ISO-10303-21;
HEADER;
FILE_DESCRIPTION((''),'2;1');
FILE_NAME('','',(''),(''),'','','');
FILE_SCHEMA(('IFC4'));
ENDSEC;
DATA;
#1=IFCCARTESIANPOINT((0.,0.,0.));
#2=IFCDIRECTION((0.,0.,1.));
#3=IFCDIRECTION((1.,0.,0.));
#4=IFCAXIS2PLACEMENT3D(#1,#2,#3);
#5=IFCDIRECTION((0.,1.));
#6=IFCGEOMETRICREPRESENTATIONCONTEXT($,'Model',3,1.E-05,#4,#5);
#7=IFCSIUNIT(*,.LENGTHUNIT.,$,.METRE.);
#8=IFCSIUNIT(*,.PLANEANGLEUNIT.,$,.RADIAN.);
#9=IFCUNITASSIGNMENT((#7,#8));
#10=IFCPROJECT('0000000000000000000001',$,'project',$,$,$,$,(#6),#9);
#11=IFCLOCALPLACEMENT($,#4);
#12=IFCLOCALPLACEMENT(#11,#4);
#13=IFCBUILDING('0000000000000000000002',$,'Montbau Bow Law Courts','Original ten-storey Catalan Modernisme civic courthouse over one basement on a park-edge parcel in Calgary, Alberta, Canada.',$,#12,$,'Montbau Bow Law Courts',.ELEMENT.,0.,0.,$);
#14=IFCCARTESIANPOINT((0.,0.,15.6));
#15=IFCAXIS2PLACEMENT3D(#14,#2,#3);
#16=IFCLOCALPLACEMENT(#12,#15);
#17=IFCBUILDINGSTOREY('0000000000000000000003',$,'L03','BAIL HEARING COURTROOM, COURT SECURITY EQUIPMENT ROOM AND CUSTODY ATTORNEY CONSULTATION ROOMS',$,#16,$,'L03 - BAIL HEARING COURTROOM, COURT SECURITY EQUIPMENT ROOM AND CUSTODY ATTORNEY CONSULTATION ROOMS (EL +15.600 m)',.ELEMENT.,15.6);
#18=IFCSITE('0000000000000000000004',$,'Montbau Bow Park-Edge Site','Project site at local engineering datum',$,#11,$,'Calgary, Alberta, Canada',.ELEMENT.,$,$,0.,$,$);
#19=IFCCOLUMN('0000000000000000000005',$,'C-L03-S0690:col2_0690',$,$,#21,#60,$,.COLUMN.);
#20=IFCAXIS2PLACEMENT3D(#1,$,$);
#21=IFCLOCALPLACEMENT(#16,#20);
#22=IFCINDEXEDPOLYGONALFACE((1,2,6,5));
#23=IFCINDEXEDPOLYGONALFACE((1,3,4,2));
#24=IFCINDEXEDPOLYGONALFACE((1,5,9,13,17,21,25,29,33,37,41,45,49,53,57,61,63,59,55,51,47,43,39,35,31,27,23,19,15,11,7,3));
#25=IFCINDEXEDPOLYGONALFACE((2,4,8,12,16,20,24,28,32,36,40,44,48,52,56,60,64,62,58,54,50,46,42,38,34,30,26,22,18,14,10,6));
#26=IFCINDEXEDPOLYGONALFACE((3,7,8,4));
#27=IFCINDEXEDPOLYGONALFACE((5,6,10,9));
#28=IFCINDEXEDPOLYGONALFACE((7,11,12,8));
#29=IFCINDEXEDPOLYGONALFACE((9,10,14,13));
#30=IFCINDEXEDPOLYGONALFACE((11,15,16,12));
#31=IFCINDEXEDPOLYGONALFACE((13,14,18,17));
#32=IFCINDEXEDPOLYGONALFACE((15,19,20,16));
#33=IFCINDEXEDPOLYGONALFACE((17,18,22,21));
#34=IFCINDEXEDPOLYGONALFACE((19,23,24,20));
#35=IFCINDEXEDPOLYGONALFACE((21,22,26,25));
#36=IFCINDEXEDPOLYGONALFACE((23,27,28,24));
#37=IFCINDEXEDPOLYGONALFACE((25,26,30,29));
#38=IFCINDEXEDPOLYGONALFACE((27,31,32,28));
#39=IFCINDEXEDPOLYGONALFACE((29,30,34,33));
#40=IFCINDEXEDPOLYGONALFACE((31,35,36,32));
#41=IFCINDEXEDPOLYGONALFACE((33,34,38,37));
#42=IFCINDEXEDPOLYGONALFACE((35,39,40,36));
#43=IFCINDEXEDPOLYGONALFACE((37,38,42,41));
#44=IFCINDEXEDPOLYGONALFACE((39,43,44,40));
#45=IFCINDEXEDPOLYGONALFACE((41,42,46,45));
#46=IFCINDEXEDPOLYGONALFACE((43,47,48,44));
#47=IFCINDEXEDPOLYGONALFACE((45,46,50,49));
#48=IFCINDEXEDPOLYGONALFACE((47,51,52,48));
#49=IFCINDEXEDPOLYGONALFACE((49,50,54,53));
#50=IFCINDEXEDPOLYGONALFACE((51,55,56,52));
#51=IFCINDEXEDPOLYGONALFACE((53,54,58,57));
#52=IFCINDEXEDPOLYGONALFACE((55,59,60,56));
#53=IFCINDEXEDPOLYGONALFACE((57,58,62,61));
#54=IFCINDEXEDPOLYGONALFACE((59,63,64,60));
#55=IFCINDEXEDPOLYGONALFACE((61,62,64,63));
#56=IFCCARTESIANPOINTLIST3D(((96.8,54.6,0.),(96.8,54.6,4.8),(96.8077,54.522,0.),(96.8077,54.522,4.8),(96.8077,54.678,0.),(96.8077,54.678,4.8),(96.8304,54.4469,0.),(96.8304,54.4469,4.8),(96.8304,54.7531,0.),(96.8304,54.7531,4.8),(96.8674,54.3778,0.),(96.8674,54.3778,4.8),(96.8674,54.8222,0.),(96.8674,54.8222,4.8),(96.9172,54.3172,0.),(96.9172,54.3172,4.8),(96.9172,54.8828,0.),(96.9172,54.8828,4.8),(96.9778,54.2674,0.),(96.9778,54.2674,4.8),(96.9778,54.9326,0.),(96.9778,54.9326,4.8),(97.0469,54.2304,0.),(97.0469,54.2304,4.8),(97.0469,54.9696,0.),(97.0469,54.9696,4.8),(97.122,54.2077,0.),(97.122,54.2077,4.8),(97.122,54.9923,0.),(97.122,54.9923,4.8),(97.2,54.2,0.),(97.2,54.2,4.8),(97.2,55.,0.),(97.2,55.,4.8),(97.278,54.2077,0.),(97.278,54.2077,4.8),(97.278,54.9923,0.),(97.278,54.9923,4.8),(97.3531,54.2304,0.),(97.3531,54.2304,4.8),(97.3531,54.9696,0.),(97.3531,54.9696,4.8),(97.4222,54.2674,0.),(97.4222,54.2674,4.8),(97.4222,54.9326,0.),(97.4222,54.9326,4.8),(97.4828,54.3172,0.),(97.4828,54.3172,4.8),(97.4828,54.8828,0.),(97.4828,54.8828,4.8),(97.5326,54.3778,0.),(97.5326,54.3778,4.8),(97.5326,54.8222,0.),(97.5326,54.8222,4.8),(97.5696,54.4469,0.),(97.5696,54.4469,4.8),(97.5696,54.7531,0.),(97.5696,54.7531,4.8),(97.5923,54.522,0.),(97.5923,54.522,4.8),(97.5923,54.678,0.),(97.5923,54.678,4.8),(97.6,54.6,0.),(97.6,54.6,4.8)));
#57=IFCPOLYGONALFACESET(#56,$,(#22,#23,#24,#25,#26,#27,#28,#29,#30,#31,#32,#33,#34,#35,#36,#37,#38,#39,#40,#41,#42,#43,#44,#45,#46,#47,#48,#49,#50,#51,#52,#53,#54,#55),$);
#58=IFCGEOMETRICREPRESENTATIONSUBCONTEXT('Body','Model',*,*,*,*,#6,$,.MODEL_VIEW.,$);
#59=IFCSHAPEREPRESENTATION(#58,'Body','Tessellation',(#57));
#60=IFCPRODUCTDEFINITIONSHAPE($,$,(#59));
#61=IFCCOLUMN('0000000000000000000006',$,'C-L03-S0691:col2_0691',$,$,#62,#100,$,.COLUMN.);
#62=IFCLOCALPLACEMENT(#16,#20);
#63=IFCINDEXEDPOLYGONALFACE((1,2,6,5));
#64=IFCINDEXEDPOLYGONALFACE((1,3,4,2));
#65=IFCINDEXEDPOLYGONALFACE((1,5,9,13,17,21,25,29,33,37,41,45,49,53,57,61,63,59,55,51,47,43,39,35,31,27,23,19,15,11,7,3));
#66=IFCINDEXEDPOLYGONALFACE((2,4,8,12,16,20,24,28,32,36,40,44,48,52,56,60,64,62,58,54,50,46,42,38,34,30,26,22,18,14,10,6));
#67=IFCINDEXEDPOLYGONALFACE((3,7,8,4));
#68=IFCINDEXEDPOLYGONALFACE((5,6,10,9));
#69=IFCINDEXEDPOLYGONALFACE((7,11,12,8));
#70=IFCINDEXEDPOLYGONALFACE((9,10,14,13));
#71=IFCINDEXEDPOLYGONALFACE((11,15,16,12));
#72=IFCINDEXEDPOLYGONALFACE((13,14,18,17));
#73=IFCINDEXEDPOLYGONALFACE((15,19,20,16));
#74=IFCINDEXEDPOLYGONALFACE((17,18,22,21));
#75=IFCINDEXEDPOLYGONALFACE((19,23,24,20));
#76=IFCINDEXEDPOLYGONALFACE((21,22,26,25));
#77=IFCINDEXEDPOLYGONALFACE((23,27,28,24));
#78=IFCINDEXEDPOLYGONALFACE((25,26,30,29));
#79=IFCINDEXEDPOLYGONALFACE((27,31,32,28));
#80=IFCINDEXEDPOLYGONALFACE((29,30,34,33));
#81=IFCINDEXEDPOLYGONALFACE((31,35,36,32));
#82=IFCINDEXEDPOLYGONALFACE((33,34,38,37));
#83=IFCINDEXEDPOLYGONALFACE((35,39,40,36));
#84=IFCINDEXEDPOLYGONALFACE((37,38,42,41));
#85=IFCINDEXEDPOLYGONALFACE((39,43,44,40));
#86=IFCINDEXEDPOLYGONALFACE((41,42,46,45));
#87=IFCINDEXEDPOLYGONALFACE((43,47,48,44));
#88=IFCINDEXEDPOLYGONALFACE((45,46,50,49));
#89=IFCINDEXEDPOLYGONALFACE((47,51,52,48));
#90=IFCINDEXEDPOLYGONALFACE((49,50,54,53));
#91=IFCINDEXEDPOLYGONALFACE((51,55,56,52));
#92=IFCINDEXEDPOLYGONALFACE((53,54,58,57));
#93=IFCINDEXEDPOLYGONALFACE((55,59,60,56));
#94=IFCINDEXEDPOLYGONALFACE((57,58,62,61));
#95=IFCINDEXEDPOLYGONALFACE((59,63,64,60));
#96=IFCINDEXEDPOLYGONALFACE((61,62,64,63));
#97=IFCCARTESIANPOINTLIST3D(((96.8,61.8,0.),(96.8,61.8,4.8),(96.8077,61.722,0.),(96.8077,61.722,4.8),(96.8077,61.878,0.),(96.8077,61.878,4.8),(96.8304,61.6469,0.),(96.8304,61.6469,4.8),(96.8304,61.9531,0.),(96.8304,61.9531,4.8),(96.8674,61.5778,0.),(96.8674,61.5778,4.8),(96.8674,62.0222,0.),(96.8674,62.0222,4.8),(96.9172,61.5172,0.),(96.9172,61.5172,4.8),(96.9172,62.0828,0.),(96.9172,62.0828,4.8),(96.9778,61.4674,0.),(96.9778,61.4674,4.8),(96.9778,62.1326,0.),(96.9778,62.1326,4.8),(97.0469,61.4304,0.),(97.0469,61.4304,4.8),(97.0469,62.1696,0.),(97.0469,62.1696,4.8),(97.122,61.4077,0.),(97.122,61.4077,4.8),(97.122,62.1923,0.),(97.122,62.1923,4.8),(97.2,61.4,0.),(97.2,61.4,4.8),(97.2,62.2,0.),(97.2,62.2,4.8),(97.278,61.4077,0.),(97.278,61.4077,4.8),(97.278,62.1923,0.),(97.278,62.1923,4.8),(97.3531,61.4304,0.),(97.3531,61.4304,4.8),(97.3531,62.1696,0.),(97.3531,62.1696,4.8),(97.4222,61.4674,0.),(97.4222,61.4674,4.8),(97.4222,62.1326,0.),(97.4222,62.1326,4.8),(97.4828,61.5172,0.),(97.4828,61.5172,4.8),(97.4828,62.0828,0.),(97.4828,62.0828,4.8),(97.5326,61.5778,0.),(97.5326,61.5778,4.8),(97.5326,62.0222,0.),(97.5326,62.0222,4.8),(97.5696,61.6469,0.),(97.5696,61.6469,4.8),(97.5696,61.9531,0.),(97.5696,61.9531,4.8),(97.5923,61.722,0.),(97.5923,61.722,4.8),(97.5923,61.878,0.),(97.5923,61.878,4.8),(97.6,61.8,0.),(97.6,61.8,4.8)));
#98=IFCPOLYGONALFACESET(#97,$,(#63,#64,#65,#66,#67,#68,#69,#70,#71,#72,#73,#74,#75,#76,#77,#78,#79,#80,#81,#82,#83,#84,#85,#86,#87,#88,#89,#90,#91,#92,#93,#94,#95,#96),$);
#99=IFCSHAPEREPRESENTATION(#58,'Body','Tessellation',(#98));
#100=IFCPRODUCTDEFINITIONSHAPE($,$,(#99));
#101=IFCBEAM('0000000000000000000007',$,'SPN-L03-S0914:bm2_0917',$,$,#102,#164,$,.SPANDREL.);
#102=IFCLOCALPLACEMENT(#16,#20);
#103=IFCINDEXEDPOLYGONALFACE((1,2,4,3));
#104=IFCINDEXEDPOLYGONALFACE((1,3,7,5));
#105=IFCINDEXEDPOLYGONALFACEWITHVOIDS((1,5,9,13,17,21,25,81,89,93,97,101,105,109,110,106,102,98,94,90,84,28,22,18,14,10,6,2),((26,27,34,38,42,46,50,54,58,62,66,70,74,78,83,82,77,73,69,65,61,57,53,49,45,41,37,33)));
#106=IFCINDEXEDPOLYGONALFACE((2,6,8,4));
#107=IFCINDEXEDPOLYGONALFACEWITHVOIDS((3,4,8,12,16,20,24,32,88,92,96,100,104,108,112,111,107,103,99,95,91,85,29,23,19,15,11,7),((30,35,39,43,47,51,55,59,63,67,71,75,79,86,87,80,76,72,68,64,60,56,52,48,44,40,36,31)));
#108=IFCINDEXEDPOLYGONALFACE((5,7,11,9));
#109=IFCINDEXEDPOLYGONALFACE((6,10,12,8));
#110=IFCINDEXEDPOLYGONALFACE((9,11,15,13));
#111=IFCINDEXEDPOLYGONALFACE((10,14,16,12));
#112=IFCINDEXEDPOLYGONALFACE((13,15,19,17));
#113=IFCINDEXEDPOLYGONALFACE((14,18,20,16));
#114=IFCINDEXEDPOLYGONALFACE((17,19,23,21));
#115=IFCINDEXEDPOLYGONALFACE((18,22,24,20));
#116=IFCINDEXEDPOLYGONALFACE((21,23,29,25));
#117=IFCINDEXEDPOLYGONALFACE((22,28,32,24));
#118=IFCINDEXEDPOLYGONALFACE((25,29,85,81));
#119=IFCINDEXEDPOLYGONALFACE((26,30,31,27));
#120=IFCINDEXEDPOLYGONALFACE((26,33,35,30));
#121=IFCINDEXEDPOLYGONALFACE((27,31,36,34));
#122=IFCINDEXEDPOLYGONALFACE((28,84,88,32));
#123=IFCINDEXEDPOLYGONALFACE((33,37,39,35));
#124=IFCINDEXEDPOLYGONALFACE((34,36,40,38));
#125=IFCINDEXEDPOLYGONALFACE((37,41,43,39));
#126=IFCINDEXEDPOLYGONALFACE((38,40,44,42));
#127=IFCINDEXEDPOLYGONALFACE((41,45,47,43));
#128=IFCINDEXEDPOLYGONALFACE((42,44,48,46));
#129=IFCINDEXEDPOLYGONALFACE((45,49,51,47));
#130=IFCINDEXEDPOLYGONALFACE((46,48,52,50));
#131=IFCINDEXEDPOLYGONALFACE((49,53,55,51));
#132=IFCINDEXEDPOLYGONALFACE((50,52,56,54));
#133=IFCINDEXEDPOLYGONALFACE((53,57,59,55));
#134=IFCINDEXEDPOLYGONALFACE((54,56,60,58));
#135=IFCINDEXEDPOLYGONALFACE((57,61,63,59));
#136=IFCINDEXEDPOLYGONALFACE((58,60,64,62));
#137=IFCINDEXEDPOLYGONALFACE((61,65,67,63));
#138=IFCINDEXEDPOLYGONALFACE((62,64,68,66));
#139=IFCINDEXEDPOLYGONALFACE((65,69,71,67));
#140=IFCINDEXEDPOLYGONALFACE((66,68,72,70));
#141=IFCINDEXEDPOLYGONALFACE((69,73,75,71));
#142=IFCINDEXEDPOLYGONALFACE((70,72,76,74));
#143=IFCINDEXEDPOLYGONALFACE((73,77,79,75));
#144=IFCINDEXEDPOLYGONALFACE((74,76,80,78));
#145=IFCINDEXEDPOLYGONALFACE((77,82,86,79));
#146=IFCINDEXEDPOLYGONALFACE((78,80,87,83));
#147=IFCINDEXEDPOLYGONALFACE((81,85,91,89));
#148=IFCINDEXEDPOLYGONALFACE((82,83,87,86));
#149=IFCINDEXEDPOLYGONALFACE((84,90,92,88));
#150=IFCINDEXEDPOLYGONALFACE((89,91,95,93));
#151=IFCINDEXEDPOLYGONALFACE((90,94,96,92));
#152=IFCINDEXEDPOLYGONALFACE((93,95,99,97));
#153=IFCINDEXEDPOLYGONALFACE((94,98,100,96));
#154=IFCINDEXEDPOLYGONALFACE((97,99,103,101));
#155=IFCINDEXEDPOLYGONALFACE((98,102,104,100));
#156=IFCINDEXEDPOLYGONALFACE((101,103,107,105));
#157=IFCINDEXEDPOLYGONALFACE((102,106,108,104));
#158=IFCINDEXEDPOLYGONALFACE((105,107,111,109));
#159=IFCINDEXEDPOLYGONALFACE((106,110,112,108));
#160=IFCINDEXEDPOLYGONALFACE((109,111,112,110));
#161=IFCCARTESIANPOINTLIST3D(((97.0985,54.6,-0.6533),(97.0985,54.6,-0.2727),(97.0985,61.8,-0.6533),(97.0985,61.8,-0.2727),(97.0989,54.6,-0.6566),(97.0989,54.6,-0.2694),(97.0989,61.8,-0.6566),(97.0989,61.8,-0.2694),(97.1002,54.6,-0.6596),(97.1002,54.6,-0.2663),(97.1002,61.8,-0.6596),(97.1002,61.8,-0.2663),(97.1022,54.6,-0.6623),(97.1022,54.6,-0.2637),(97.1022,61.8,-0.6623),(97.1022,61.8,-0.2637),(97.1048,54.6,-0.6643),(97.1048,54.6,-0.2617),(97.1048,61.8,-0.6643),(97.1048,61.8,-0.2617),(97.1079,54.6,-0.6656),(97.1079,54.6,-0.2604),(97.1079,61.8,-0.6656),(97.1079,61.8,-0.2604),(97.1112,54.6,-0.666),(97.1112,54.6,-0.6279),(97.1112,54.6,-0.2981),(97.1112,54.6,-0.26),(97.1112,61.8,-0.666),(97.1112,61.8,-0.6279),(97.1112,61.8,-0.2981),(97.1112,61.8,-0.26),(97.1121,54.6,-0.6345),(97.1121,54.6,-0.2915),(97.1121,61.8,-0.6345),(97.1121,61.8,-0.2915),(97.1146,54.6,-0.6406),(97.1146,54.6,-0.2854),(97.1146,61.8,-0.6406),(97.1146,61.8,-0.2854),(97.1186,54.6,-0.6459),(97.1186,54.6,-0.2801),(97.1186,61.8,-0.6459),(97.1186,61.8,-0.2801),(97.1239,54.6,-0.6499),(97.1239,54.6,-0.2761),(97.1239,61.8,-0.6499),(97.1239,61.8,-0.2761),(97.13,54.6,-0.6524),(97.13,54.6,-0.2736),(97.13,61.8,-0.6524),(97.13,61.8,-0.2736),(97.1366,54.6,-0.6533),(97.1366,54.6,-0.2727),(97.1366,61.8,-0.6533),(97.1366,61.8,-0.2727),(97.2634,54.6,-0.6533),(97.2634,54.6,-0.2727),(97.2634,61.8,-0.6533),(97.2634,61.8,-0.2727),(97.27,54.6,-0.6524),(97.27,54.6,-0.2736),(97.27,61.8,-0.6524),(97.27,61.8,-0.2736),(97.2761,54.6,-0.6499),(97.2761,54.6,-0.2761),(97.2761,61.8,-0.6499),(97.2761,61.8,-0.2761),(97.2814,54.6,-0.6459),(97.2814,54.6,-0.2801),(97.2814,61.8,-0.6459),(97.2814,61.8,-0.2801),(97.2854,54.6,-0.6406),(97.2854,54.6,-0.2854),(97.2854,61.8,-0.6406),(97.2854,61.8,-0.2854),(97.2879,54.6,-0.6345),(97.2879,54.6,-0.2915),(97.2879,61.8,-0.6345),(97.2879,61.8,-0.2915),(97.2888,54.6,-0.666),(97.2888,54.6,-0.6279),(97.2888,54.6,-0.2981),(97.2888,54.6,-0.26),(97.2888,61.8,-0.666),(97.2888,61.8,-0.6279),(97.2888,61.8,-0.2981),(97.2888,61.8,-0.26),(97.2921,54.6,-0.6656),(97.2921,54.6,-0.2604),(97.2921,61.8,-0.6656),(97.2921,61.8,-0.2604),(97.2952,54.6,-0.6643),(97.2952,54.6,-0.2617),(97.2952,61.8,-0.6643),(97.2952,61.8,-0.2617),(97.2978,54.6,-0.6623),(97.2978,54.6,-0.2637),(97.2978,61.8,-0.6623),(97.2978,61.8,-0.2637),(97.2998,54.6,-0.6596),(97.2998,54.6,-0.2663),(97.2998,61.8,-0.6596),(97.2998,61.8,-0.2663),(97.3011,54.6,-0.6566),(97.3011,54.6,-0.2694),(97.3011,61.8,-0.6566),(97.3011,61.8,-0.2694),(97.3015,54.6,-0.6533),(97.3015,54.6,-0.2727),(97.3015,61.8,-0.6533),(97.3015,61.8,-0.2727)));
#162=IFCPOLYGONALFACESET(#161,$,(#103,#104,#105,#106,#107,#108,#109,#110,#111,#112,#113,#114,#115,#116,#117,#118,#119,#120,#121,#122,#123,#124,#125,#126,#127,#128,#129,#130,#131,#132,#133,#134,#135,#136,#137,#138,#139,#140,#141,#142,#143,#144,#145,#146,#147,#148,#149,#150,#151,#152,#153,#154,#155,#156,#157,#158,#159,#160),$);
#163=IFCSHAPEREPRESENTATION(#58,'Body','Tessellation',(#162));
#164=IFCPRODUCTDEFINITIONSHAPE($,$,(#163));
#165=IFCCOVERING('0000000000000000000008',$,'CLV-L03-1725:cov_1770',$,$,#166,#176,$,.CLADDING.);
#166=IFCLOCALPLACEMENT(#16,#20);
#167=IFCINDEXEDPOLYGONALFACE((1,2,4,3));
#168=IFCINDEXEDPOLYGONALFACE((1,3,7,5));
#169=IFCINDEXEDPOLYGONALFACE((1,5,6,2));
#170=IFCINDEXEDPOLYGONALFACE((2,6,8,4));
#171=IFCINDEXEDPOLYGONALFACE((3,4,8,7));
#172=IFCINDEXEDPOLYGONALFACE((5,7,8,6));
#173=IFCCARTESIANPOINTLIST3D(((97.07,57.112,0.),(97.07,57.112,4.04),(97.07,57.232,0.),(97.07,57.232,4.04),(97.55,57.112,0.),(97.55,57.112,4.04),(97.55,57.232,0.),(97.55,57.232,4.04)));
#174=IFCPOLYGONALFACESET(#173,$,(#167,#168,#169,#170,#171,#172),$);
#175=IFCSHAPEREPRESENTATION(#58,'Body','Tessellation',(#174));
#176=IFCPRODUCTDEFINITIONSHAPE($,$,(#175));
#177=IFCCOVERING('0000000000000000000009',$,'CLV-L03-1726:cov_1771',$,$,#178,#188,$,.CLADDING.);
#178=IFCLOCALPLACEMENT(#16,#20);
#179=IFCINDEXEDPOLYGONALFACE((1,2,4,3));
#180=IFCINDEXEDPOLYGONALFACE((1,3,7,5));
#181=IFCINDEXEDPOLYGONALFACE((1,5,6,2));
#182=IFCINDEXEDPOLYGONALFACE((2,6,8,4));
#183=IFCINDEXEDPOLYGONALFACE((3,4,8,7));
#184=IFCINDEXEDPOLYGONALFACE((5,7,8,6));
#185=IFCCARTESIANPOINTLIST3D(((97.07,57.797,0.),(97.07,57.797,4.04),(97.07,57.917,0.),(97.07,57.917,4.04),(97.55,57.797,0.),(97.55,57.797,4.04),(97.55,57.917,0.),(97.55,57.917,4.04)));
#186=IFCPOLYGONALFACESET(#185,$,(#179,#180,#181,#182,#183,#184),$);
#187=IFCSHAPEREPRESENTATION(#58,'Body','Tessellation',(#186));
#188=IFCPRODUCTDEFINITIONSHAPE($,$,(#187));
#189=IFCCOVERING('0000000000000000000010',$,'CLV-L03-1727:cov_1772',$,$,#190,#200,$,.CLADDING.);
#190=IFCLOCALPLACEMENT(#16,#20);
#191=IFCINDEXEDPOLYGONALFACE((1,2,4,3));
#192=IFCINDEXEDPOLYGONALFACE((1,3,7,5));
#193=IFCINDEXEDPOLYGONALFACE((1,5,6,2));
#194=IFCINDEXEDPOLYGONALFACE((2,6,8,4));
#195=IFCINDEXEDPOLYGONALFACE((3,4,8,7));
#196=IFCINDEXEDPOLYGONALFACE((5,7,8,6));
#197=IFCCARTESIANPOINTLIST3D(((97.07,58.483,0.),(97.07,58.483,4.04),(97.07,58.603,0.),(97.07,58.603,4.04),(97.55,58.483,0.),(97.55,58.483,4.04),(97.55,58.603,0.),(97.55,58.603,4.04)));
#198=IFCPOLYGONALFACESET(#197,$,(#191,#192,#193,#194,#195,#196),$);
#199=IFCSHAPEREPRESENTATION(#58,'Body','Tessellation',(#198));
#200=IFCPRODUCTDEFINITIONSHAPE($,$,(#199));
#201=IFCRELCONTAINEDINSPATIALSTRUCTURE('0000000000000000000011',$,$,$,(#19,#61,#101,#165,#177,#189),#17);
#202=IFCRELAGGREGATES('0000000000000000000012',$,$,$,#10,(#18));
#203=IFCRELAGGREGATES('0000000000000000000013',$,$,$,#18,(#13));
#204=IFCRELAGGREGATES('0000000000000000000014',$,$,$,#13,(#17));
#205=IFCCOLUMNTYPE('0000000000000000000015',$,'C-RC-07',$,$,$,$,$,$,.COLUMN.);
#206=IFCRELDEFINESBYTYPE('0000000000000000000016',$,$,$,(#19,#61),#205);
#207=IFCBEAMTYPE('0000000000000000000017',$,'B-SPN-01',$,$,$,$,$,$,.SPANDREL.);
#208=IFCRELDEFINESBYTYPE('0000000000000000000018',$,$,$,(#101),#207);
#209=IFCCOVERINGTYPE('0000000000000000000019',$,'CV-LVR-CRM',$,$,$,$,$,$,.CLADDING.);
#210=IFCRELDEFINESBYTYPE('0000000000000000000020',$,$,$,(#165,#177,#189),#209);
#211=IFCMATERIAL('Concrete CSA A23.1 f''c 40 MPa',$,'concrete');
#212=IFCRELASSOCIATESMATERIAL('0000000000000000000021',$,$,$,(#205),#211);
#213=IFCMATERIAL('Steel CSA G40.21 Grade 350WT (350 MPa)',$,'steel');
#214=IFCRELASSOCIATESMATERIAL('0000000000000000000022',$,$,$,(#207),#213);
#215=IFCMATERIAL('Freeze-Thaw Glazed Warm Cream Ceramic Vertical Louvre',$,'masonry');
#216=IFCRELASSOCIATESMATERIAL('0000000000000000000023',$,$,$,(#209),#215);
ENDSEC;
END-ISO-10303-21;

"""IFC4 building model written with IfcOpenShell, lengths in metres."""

from ifc_helpers import new_model, si_unit, direction, frame, frame_2d, origin_with_axes, origin_2d_with_axis, place, context, subcontext, project, spatial, rectangle, hollow_rectangle, circle, extrude, material, material_profile, profile_set, type_object, element, save


model = new_model("IFC4")

# Units and contexts
model_context = context("Model", 3, precision=1e-05, world=origin_with_axes(), true_north=direction((0.0, 1.0)))
body_context = subcontext(model_context, "Body", "Model", "MODEL_VIEW")
ifc_project = project(units=[si_unit("LENGTHUNIT", "METRE"), si_unit("PLANEANGLEUNIT", "RADIAN")], contexts=[model_context])

# Site, building, storey
site_placement = place(None, origin_with_axes())
site = spatial("IfcSite", under=ifc_project, at=site_placement, Name="Montbau Bow Park-Edge Site", Description="Project site at local engineering datum", LongName="Calgary, Alberta, Canada", CompositionType="ELEMENT", RefElevation=0.0)
building_placement = place(site_placement, origin_with_axes())
building = spatial("IfcBuilding", under=site, at=building_placement, Name="Montbau Bow Law Courts", Description="Original ten-storey Catalan Modernisme civic courthouse over one basement on a park-edge parcel in Calgary, Alberta, Canada.", LongName="Montbau Bow Law Courts", CompositionType="ELEMENT", ElevationOfRefHeight=0.0, ElevationOfTerrain=0.0)
storey_placement = place(building_placement, frame((0.0, 0.0, 15.6), z_axis=(0.0, 0.0, 1.0), x_axis=(1.0, 0.0, 0.0)))
storey = spatial("IfcBuildingStorey", under=building, at=storey_placement, Name="L03", Description="BAIL HEARING COURTROOM, COURT SECURITY EQUIPMENT ROOM AND CUSTODY ATTORNEY CONSULTATION ROOMS", LongName="L03 - BAIL HEARING COURTROOM, COURT SECURITY EQUIPMENT ROOM AND CUSTODY ATTORNEY CONSULTATION ROOMS (EL +15.600 m)", CompositionType="ELEMENT", Elevation=15.6)

# Columns
ifc_material_1 = material(Name="Concrete CSA A23.1 f'c 40 MPa", Category="concrete")
ifc_material_profile_1 = material_profile(ifc_material_1, circle(Radius=0.4, at=origin_2d_with_axis()), Name="RC800D", Category="Main", Priority=0)
ifc_profile_set_1 = profile_set([ifc_material_profile_1], Name="Concrete CSA A23.1 f'c 40 MPa")
column_type = type_object("IfcColumnType", Name="C-RC-07", PredefinedType="COLUMN", material=ifc_profile_set_1)
for number, where, z_axis, x_axis, name in (
    (1, (97.2, 54.6, 15.6), (0.0, 0.0, 1.0), (1.0, 0.0, 0.0), "C-L03-S0690:col2_0690"),
    (2, (97.2, 61.8, 15.6), (0.0, 0.0, 1.0), (1.0, 0.0, 0.0), "C-L03-S0691:col2_0691"),
):
    element("IfcColumn", number, at=place(None, frame(where, z_axis=z_axis, x_axis=x_axis)), inside=storey, type_object=column_type, Name=name, PredefinedType="COLUMN", context=body_context, shape_type="SweptSolid", body=[
        extrude(circle(Radius=0.4, at=origin_2d_with_axis()), origin_with_axes(), (0.0, 0.0, 1.0), 4.8),
    ])

# Beam
ifc_material_2 = material(Name="Steel CSA G40.21 Grade 350WT (350 MPa)", Category="steel")
ifc_material_profile_2 = material_profile(ifc_material_2, hollow_rectangle(XDim=0.203, YDim=0.406, WallThickness=0.0127, InnerFilletRadius=0.0254, OuterFilletRadius=0.0127, at=origin_2d_with_axis()), Name="HSS406X203X13", Category="Main", Priority=0)
ifc_profile_set_2 = profile_set([ifc_material_profile_2], Name="Steel CSA G40.21 Grade 350WT (350 MPa)")
beam_type = type_object("IfcBeamType", Name="B-SPN-01", PredefinedType="SPANDREL", material=ifc_profile_set_2)
beam_placement = place(None, frame((97.2, 54.6, 15.137), z_axis=(0.0, 1.0, 0.0), x_axis=(-1.0, 0.0, 0.0)))
element("IfcBeam", 3, at=beam_placement, inside=storey, type_object=beam_type, Name="SPN-L03-S0914:bm2_0917", PredefinedType="SPANDREL", context=body_context, shape_type="SweptSolid", body=[
    extrude(hollow_rectangle(XDim=0.203, YDim=0.406, WallThickness=0.0127, InnerFilletRadius=0.0254, OuterFilletRadius=0.0127, at=origin_2d_with_axis()), origin_with_axes(), (0.0, 0.0, 1.0), 7.2),
])

# Coverings
ifc_material_3 = material(Name="Freeze-Thaw Glazed Warm Cream Ceramic Vertical Louvre", Category="masonry")
covering_type = type_object("IfcCoveringType", Name="CV-LVR-CRM", PredefinedType="CLADDING", material=ifc_material_3)
for number, where, z_axis, x_axis, name in (
    (4, (97.07, 57.172, 15.6), (0.0, -1.0, 0.0), (1.0, 0.0, 0.0), "CLV-L03-1725:cov_1770"),
    (5, (97.07, 57.857, 15.6), (0.0, -1.0, 0.0), (1.0, 0.0, 0.0), "CLV-L03-1726:cov_1771"),
    (6, (97.07, 58.543, 15.6), (0.0, -1.0, 0.0), (1.0, 0.0, 0.0), "CLV-L03-1727:cov_1772"),
):
    element("IfcCovering", number, at=place(None, frame(where, z_axis=z_axis, x_axis=x_axis)), inside=storey, type_object=covering_type, Name=name, PredefinedType="CLADDING", context=body_context, shape_type="SweptSolid", body=[
        extrude(rectangle(XDim=0.48, YDim=4.04, at=frame_2d((0.24, 2.02), x_axis=(1.0, 0.0))), frame((0.0, 0.0, -0.06), z_axis=(0.0, 0.0, 1.0), x_axis=(1.0, 0.0, 0.0)), (0.0, 0.0, 1.0), 0.12),
    ])

save(model, "model.ifc")
